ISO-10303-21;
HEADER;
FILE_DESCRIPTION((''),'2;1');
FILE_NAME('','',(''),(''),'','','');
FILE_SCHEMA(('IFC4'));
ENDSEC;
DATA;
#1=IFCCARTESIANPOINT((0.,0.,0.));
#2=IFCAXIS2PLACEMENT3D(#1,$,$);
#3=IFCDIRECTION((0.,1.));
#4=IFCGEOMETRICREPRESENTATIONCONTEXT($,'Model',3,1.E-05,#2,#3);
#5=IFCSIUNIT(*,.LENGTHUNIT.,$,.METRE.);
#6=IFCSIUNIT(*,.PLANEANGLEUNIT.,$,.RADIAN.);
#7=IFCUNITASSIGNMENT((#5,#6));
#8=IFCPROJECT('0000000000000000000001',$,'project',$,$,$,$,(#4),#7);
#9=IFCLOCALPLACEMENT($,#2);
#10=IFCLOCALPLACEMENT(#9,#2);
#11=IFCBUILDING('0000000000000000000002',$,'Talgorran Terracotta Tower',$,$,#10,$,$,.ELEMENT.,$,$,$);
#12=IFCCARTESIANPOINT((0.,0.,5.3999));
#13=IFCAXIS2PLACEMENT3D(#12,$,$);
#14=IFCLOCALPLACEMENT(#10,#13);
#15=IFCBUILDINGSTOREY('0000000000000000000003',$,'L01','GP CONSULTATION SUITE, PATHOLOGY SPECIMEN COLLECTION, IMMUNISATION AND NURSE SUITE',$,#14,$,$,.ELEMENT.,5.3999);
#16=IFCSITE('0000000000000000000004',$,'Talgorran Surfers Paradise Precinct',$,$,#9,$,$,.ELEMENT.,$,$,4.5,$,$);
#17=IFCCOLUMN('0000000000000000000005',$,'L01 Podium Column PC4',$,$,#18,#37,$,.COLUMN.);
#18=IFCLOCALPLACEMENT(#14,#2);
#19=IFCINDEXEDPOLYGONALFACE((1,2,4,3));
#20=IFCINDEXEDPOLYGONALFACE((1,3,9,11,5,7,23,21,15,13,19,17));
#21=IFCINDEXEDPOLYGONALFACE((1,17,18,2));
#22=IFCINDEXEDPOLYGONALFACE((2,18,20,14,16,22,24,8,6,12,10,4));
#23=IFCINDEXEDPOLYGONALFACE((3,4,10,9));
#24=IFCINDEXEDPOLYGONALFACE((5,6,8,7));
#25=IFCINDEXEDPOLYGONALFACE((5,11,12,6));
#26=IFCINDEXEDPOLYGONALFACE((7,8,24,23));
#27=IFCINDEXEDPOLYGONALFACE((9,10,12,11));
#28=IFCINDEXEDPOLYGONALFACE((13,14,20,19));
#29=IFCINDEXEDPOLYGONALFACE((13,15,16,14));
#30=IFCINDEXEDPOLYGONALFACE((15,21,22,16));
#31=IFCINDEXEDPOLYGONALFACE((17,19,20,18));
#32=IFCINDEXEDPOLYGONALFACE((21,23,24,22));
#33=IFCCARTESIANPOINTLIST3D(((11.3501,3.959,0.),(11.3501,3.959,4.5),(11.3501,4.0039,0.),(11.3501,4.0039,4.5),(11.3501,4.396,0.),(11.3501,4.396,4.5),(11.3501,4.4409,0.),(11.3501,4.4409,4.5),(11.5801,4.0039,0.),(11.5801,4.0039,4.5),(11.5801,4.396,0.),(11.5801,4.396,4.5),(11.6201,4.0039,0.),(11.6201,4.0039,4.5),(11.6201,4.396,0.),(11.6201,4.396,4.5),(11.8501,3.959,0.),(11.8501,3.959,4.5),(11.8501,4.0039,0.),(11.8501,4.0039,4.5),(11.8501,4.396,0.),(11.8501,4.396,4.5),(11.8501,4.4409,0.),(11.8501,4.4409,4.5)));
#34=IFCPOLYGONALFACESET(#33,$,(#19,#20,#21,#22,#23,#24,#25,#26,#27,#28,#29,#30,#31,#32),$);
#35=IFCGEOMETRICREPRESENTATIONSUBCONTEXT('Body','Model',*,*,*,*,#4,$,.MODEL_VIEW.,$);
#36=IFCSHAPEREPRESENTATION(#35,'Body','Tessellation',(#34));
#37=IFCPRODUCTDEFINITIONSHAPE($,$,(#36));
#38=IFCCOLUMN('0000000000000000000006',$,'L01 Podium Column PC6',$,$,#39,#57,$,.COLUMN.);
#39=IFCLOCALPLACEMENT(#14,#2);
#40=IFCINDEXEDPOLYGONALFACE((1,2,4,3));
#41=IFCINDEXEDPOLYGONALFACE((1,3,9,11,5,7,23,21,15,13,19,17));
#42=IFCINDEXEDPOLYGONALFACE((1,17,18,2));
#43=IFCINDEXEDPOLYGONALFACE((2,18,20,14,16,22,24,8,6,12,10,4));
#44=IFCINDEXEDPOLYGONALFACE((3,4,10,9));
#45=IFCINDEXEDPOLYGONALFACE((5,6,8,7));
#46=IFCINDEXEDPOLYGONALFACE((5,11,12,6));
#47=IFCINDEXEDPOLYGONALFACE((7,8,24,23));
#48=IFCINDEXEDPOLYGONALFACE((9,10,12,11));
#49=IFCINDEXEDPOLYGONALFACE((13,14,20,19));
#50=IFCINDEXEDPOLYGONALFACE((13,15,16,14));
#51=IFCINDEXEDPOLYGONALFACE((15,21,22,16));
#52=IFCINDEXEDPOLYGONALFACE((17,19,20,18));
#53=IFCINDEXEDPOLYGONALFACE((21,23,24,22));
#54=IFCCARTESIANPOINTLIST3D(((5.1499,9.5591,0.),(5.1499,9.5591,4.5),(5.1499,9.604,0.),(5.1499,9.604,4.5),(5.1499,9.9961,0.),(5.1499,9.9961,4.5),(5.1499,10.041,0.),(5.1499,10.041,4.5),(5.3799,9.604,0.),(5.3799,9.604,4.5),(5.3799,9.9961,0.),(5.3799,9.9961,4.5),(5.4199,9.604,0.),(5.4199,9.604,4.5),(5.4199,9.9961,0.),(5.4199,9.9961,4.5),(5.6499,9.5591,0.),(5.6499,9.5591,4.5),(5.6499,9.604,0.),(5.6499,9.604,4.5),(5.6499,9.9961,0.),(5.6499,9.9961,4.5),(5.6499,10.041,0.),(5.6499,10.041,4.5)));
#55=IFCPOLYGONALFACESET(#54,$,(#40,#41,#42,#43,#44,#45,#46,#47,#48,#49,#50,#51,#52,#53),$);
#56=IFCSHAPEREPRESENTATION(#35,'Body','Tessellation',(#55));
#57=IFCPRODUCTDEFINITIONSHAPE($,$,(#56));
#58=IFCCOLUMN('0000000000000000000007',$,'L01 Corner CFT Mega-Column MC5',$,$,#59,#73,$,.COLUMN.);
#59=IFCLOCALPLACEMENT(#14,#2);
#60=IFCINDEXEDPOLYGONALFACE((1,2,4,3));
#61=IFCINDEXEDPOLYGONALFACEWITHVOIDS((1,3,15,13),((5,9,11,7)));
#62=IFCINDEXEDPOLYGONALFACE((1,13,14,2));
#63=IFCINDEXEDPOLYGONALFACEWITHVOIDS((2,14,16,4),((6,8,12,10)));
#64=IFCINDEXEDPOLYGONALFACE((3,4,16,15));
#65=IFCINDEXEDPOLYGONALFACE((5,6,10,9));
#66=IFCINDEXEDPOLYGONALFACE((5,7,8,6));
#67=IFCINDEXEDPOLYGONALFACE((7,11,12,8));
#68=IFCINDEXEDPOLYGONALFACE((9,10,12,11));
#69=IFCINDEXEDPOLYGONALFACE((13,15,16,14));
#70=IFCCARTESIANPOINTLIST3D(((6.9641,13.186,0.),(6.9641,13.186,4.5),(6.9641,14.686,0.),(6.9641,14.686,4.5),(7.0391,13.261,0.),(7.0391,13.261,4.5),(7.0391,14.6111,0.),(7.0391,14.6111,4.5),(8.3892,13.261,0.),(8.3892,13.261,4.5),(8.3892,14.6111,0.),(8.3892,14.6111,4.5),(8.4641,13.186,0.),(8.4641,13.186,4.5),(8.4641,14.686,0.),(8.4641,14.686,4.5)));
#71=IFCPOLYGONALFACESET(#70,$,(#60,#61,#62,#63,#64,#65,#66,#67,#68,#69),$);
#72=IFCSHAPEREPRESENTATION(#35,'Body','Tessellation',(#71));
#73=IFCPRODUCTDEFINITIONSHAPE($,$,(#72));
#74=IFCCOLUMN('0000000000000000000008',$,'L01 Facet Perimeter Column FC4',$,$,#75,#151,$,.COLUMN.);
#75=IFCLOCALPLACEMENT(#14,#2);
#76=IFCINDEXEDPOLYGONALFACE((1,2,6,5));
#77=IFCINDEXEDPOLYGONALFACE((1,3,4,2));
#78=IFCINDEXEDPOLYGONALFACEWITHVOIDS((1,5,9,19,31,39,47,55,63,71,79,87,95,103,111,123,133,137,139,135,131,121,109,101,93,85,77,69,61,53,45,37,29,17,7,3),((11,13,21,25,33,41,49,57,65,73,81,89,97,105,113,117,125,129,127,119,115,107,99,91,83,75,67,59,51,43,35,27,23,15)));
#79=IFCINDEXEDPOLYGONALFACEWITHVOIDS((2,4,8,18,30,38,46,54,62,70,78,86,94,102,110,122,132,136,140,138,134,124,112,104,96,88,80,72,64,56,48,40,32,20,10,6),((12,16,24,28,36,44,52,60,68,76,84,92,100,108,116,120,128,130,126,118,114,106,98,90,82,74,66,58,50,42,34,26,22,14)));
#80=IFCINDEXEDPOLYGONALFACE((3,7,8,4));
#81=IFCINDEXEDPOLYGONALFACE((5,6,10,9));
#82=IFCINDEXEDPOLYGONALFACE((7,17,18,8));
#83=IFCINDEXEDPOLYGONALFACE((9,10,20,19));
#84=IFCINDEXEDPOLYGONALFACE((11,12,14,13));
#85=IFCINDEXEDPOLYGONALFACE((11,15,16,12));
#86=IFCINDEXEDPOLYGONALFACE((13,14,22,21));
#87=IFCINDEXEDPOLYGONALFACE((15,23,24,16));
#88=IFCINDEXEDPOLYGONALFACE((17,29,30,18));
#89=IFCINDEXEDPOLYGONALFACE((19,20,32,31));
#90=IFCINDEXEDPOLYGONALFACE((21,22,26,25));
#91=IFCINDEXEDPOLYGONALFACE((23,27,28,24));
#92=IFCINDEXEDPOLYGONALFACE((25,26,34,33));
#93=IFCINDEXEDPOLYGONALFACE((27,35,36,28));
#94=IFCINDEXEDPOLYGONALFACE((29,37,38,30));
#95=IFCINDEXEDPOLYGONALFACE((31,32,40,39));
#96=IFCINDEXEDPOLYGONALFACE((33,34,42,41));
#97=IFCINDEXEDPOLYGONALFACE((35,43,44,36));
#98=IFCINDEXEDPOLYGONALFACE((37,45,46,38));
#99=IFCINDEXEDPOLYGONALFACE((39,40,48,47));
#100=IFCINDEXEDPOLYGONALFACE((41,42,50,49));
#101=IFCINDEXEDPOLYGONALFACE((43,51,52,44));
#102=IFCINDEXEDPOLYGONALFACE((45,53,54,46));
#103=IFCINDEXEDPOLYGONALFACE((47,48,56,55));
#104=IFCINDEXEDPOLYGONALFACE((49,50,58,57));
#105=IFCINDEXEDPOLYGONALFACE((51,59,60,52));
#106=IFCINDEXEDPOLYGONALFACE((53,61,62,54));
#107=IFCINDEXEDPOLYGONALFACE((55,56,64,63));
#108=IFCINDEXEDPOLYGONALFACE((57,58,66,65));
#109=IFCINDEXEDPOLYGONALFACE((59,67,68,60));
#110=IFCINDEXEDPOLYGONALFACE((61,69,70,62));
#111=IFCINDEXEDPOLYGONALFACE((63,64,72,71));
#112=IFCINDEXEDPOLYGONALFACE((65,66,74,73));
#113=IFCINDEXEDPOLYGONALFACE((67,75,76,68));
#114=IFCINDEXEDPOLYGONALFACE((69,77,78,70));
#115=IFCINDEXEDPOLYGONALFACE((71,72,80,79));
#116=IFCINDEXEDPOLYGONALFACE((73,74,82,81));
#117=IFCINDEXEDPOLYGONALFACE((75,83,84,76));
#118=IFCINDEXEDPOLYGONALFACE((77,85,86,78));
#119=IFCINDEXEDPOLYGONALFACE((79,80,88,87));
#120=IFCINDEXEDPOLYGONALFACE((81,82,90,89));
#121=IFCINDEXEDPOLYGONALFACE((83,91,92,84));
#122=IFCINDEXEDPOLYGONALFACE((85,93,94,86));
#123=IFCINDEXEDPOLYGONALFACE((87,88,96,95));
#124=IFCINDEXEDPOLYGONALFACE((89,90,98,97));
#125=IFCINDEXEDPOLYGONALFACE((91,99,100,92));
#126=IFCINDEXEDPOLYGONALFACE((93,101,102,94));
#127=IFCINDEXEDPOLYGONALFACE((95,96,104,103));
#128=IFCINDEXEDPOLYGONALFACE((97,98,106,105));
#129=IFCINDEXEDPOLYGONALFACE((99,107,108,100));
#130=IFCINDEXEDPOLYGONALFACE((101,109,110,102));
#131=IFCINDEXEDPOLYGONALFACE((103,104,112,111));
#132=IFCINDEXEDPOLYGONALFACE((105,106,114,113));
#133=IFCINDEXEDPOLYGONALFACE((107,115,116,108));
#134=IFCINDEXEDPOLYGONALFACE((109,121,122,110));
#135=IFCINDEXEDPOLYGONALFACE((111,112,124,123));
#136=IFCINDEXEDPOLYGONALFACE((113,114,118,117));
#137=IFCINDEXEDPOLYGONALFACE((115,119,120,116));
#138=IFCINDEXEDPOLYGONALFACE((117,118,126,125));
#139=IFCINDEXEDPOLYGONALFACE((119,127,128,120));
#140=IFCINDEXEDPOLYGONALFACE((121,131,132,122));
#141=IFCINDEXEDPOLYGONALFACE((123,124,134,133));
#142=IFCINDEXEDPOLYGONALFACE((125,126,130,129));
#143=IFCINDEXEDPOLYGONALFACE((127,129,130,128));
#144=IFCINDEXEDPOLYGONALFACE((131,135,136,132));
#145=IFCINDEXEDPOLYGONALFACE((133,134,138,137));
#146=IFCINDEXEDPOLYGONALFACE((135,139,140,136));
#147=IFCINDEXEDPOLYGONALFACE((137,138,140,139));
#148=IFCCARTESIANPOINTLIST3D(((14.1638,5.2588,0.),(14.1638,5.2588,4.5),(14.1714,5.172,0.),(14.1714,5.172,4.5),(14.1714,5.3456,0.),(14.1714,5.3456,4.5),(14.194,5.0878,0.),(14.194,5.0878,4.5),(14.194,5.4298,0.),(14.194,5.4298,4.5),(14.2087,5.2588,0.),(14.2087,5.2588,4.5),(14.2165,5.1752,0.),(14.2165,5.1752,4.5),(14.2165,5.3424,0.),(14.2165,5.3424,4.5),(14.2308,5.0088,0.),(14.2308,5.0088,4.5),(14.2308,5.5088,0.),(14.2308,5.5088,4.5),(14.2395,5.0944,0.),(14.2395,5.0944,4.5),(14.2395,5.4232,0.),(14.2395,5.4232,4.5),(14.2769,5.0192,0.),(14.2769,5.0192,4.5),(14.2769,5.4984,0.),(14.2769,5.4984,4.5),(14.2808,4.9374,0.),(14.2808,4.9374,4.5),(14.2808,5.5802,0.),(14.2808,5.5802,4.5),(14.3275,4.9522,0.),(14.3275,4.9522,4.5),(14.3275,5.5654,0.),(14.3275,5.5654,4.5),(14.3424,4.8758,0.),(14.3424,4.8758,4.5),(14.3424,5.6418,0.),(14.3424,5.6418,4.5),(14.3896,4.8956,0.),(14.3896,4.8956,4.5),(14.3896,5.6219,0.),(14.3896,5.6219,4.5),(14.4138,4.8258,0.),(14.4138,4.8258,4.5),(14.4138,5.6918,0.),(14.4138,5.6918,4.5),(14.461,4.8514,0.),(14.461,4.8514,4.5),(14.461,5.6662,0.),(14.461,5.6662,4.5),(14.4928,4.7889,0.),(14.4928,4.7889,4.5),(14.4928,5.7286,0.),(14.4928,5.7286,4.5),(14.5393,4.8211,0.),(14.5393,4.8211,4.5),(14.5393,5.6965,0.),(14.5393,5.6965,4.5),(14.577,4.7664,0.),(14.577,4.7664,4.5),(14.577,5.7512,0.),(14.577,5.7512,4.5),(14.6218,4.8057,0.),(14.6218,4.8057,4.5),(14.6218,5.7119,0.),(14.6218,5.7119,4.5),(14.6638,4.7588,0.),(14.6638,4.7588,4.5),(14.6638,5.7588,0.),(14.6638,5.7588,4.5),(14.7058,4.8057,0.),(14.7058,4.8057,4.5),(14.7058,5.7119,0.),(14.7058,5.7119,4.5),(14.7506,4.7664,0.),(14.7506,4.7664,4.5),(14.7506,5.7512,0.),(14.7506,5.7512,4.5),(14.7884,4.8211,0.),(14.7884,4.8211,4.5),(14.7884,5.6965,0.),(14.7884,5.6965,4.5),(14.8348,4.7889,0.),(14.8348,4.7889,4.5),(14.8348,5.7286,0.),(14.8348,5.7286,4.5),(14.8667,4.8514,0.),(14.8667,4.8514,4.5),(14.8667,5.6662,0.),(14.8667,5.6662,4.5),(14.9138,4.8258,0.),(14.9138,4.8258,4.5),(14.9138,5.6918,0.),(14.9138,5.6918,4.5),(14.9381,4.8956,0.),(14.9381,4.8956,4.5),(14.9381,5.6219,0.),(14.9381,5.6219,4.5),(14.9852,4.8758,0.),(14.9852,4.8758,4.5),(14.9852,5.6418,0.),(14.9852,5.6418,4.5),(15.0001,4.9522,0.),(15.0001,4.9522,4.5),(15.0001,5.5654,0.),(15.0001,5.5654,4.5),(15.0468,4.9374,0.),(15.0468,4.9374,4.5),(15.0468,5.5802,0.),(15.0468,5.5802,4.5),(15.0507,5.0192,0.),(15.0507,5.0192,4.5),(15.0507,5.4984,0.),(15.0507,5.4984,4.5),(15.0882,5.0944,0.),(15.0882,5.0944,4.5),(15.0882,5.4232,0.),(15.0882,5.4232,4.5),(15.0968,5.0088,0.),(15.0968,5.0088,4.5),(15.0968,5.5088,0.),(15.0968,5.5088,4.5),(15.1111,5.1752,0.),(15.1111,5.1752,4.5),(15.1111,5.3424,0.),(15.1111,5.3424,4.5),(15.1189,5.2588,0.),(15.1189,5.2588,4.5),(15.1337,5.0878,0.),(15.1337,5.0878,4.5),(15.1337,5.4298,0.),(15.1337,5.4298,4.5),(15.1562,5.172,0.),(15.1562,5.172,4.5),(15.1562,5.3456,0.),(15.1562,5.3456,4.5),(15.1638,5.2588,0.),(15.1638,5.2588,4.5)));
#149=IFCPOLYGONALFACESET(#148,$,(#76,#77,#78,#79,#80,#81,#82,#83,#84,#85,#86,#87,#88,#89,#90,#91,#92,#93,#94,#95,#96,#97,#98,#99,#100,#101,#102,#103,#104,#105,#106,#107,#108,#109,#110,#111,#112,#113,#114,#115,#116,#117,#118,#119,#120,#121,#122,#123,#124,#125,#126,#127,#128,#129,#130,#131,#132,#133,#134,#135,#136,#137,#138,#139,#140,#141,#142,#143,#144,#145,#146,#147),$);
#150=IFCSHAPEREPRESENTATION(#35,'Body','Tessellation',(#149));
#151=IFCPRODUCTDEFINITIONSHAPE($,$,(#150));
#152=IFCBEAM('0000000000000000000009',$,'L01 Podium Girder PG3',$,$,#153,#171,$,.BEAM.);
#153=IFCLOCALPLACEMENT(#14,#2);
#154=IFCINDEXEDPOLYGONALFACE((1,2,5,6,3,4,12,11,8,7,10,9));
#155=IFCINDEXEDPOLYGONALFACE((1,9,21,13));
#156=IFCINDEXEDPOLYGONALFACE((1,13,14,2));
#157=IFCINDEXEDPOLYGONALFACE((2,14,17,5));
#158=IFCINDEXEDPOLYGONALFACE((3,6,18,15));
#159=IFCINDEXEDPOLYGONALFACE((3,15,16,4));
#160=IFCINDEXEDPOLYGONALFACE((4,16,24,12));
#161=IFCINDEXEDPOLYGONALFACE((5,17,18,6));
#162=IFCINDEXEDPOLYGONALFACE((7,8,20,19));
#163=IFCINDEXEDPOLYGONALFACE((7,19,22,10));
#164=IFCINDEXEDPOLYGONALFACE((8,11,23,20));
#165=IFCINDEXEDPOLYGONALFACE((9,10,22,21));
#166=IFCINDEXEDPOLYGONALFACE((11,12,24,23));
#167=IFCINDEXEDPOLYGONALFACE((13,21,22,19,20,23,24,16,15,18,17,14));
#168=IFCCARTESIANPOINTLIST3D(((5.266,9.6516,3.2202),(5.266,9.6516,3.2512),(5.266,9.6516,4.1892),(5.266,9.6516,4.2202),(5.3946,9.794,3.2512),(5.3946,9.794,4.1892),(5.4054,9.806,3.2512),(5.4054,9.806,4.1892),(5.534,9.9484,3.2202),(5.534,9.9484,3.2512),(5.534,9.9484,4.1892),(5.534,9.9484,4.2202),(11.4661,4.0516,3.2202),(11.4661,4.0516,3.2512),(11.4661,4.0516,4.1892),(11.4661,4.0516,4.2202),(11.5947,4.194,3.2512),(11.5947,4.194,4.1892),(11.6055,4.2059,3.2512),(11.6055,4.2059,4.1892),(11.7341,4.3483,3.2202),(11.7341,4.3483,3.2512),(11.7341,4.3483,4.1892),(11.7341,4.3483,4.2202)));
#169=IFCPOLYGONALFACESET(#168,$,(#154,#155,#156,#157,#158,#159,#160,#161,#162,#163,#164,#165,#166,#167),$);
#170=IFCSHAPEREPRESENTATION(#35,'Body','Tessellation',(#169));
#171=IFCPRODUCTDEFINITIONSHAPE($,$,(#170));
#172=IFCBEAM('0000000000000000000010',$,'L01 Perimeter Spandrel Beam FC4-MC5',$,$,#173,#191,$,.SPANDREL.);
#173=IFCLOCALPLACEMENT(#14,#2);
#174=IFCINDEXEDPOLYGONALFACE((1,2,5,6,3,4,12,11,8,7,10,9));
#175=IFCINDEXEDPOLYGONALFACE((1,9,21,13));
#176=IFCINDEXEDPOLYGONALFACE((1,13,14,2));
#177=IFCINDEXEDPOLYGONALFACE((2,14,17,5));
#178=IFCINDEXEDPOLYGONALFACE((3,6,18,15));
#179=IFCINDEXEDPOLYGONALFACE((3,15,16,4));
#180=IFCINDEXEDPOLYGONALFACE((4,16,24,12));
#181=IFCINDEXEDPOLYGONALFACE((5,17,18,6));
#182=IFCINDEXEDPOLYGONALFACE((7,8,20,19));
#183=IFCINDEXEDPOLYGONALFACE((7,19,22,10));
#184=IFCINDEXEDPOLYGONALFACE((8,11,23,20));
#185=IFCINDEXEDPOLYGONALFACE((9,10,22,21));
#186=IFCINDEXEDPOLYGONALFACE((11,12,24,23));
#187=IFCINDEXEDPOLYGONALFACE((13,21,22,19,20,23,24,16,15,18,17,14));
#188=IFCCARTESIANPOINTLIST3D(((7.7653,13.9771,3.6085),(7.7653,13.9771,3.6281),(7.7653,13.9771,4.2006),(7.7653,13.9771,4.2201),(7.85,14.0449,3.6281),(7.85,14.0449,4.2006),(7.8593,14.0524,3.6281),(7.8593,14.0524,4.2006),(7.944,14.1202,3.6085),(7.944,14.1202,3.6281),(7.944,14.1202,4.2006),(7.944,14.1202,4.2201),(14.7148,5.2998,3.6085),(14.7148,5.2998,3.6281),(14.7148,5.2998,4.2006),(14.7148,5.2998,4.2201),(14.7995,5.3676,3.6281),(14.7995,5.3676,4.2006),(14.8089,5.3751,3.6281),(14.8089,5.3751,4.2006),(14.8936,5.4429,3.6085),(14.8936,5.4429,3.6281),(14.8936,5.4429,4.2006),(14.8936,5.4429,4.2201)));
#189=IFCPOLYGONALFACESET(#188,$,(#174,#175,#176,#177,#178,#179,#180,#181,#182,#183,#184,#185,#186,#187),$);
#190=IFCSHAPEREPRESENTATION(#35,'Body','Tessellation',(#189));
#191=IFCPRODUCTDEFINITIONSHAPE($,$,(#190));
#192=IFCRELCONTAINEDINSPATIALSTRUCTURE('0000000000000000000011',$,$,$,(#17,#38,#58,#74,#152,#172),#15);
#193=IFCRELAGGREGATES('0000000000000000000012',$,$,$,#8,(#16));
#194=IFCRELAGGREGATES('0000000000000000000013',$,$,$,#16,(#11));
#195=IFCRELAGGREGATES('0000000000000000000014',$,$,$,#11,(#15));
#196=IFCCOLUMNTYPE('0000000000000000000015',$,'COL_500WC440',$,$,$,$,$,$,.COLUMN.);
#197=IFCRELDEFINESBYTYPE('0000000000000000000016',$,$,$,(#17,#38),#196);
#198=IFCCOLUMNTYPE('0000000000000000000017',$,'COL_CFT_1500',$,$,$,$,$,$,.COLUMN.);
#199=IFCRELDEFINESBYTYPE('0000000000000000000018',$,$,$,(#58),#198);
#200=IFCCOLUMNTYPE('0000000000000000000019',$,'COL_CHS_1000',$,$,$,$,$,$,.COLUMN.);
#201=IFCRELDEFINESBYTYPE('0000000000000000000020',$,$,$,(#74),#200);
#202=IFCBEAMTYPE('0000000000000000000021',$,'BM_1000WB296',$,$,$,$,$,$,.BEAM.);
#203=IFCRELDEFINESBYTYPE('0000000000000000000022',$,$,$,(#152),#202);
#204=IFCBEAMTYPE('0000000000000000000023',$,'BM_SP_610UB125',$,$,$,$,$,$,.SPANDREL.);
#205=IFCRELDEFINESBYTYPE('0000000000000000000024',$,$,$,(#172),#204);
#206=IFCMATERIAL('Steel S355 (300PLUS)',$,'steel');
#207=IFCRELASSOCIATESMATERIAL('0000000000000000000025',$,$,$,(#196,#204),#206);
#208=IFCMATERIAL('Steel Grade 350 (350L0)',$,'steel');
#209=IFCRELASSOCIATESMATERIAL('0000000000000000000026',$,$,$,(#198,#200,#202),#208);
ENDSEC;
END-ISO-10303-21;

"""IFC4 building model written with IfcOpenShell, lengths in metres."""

from ifc_helpers import new_model, si_unit, direction, frame, origin, origin_2d, place, context, subcontext, project, spatial, hollow_rectangle, hollow_circle, i_section, extrude, material, material_profile, profile_set, type_object, element, save


model = new_model("IFC4")

# Units and contexts
model_context = context("Model", 3, precision=1e-05, world=origin(), true_north=direction((0.0, 1.0)))
body_context = subcontext(model_context, "Body", "Model", "MODEL_VIEW")
ifc_project = project(units=[si_unit("LENGTHUNIT", "METRE"), si_unit("PLANEANGLEUNIT", "RADIAN")], contexts=[model_context])

# Site, building, storey
site_placement = place(None, origin())
site = spatial("IfcSite", under=ifc_project, at=site_placement, Name="Talgorran Surfers Paradise Precinct", CompositionType="ELEMENT", RefElevation=4.5)
building_placement = place(site_placement, origin())
building = spatial("IfcBuilding", under=site, at=building_placement, Name="Talgorran Terracotta Tower", CompositionType="ELEMENT")
storey_placement = place(building_placement, frame((0.0, 0.0, 5.3999)))
storey = spatial("IfcBuildingStorey", under=building, at=storey_placement, Name="L01", Description="GP CONSULTATION SUITE, PATHOLOGY SPECIMEN COLLECTION, IMMUNISATION AND NURSE SUITE", CompositionType="ELEMENT", Elevation=5.3999)

# Columns
ifc_material_1 = material(Name="Steel S355 (300PLUS)", Category="steel")
ifc_material_profile_1 = material_profile(ifc_material_1, i_section(OverallWidth=0.5, OverallDepth=0.4819, WebThickness=0.04, FlangeThickness=0.0449, at=origin_2d()), Name="500WC440")
ifc_profile_set_1 = profile_set([ifc_material_profile_1], Name="Steel S355 (300PLUS)")
column_type_1 = type_object("IfcColumnType", Name="COL_500WC440", PredefinedType="COLUMN", material=ifc_profile_set_1)
for number, where, z_axis, x_axis, name in (
    (1, (11.6001, 4.2, 0.0), (0.0, 0.0, 1.0), (1.0, 0.0, 0.0), "L01 Podium Column PC4"),
    (2, (5.3999, 9.8, 0.0), (0.0, 0.0, 1.0), (1.0, 0.0, 0.0), "L01 Podium Column PC6"),
):
    element("IfcColumn", number, at=place(storey_placement, frame(where, z_axis=z_axis, x_axis=x_axis)), inside=storey, type_object=column_type_1, Name=name, PredefinedType="COLUMN", context=body_context, shape_type="SweptSolid", body=[
        extrude(i_section(OverallWidth=0.5, OverallDepth=0.4819, WebThickness=0.04, FlangeThickness=0.0449, at=origin_2d()), origin(), (0.0, 0.0, 1.0), 4.5),
    ])
ifc_material_2 = material(Name="Steel Grade 350 (350L0)", Category="steel")
ifc_material_profile_2 = material_profile(ifc_material_2, hollow_rectangle(XDim=1.5, YDim=1.5, WallThickness=0.075, at=origin_2d()), Name="CFT1500X1500X75")
ifc_profile_set_2 = profile_set([ifc_material_profile_2], Name="Steel Grade 350 (350L0)")
column_type_2 = type_object("IfcColumnType", Name="COL_CFT_1500", PredefinedType="COLUMN", material=ifc_profile_set_2)
column_1_placement = place(storey_placement, frame((7.7141, 13.936, 0.0), z_axis=(0.0, 0.0, 1.0), x_axis=(1.0, 0.0, 0.0)))
element("IfcColumn", 3, at=column_1_placement, inside=storey, type_object=column_type_2, Name="L01 Corner CFT Mega-Column MC5", PredefinedType="COLUMN", context=body_context, shape_type="SweptSolid", body=[
    extrude(hollow_rectangle(XDim=1.5, YDim=1.5, WallThickness=0.075, at=origin_2d()), origin(), (0.0, 0.0, 1.0), 4.5),
])
ifc_material_profile_3 = material_profile(ifc_material_2, hollow_circle(Radius=0.5, WallThickness=0.0449, at=origin_2d()), Name="CHS1000X45")
ifc_profile_set_3 = profile_set([ifc_material_profile_3], Name="Steel Grade 350 (350L0)")
column_type_3 = type_object("IfcColumnType", Name="COL_CHS_1000", PredefinedType="COLUMN", material=ifc_profile_set_3)
column_2_placement = place(storey_placement, frame((14.6638, 5.2588, 0.0), z_axis=(0.0, 0.0, 1.0), x_axis=(1.0, 0.0, 0.0)))
element("IfcColumn", 4, at=column_2_placement, inside=storey, type_object=column_type_3, Name="L01 Facet Perimeter Column FC4", PredefinedType="COLUMN", context=body_context, shape_type="SweptSolid", body=[
    extrude(hollow_circle(Radius=0.5, WallThickness=0.0449, at=origin_2d()), origin(), (0.0, 0.0, 1.0), 4.5),
])

# Beams
ifc_material_profile_4 = material_profile(ifc_material_2, i_section(OverallWidth=0.3999, OverallDepth=1.0, WebThickness=0.0161, FlangeThickness=0.031, at=origin_2d()), Name="1000WB296")
ifc_profile_set_4 = profile_set([ifc_material_profile_4], Name="Steel Grade 350 (350L0)")
beam_type_1 = type_object("IfcBeamType", Name="BM_1000WB296", PredefinedType="BEAM", material=ifc_profile_set_4)
beam_1_placement = place(storey_placement, frame((11.6001, 4.2, 3.7202), z_axis=(-0.742107, 0.670281, 0.0), x_axis=(-0.670281, -0.742107, 0.0)))
element("IfcBeam", 5, at=beam_1_placement, inside=storey, type_object=beam_type_1, Name="L01 Podium Girder PG3", PredefinedType="BEAM", context=body_context, shape_type="SweptSolid", body=[
    extrude(i_section(OverallWidth=0.3999, OverallDepth=1.0, WebThickness=0.0161, FlangeThickness=0.031, at=origin_2d()), origin(), (0.0, 0.0, 1.0), 8.3547),
])
ifc_material_profile_5 = material_profile(ifc_material_1, i_section(OverallWidth=0.229, OverallDepth=0.6116, WebThickness=0.012, FlangeThickness=0.0195, at=origin_2d()), Name="610UB125")
ifc_profile_set_5 = profile_set([ifc_material_profile_5], Name="Steel S355 (300PLUS)")
beam_type_2 = type_object("IfcBeamType", Name="BM_SP_610UB125", PredefinedType="SPANDREL", material=ifc_profile_set_5)
beam_2_placement = place(storey_placement, frame((14.8042, 5.3713, 3.9143), z_axis=(-0.625115, 0.780532, 0.0), x_axis=(-0.780532, -0.625115, 0.0)))
element("IfcBeam", 6, at=beam_2_placement, inside=storey, type_object=beam_type_2, Name="L01 Perimeter Spandrel Beam FC4-MC5", PredefinedType="SPANDREL", context=body_context, shape_type="SweptSolid", body=[
    extrude(i_section(OverallWidth=0.229, OverallDepth=0.6116, WebThickness=0.012, FlangeThickness=0.0195, at=origin_2d()), origin(), (0.0, 0.0, 1.0), 11.1172),
])

save(model, "model.ifc")
